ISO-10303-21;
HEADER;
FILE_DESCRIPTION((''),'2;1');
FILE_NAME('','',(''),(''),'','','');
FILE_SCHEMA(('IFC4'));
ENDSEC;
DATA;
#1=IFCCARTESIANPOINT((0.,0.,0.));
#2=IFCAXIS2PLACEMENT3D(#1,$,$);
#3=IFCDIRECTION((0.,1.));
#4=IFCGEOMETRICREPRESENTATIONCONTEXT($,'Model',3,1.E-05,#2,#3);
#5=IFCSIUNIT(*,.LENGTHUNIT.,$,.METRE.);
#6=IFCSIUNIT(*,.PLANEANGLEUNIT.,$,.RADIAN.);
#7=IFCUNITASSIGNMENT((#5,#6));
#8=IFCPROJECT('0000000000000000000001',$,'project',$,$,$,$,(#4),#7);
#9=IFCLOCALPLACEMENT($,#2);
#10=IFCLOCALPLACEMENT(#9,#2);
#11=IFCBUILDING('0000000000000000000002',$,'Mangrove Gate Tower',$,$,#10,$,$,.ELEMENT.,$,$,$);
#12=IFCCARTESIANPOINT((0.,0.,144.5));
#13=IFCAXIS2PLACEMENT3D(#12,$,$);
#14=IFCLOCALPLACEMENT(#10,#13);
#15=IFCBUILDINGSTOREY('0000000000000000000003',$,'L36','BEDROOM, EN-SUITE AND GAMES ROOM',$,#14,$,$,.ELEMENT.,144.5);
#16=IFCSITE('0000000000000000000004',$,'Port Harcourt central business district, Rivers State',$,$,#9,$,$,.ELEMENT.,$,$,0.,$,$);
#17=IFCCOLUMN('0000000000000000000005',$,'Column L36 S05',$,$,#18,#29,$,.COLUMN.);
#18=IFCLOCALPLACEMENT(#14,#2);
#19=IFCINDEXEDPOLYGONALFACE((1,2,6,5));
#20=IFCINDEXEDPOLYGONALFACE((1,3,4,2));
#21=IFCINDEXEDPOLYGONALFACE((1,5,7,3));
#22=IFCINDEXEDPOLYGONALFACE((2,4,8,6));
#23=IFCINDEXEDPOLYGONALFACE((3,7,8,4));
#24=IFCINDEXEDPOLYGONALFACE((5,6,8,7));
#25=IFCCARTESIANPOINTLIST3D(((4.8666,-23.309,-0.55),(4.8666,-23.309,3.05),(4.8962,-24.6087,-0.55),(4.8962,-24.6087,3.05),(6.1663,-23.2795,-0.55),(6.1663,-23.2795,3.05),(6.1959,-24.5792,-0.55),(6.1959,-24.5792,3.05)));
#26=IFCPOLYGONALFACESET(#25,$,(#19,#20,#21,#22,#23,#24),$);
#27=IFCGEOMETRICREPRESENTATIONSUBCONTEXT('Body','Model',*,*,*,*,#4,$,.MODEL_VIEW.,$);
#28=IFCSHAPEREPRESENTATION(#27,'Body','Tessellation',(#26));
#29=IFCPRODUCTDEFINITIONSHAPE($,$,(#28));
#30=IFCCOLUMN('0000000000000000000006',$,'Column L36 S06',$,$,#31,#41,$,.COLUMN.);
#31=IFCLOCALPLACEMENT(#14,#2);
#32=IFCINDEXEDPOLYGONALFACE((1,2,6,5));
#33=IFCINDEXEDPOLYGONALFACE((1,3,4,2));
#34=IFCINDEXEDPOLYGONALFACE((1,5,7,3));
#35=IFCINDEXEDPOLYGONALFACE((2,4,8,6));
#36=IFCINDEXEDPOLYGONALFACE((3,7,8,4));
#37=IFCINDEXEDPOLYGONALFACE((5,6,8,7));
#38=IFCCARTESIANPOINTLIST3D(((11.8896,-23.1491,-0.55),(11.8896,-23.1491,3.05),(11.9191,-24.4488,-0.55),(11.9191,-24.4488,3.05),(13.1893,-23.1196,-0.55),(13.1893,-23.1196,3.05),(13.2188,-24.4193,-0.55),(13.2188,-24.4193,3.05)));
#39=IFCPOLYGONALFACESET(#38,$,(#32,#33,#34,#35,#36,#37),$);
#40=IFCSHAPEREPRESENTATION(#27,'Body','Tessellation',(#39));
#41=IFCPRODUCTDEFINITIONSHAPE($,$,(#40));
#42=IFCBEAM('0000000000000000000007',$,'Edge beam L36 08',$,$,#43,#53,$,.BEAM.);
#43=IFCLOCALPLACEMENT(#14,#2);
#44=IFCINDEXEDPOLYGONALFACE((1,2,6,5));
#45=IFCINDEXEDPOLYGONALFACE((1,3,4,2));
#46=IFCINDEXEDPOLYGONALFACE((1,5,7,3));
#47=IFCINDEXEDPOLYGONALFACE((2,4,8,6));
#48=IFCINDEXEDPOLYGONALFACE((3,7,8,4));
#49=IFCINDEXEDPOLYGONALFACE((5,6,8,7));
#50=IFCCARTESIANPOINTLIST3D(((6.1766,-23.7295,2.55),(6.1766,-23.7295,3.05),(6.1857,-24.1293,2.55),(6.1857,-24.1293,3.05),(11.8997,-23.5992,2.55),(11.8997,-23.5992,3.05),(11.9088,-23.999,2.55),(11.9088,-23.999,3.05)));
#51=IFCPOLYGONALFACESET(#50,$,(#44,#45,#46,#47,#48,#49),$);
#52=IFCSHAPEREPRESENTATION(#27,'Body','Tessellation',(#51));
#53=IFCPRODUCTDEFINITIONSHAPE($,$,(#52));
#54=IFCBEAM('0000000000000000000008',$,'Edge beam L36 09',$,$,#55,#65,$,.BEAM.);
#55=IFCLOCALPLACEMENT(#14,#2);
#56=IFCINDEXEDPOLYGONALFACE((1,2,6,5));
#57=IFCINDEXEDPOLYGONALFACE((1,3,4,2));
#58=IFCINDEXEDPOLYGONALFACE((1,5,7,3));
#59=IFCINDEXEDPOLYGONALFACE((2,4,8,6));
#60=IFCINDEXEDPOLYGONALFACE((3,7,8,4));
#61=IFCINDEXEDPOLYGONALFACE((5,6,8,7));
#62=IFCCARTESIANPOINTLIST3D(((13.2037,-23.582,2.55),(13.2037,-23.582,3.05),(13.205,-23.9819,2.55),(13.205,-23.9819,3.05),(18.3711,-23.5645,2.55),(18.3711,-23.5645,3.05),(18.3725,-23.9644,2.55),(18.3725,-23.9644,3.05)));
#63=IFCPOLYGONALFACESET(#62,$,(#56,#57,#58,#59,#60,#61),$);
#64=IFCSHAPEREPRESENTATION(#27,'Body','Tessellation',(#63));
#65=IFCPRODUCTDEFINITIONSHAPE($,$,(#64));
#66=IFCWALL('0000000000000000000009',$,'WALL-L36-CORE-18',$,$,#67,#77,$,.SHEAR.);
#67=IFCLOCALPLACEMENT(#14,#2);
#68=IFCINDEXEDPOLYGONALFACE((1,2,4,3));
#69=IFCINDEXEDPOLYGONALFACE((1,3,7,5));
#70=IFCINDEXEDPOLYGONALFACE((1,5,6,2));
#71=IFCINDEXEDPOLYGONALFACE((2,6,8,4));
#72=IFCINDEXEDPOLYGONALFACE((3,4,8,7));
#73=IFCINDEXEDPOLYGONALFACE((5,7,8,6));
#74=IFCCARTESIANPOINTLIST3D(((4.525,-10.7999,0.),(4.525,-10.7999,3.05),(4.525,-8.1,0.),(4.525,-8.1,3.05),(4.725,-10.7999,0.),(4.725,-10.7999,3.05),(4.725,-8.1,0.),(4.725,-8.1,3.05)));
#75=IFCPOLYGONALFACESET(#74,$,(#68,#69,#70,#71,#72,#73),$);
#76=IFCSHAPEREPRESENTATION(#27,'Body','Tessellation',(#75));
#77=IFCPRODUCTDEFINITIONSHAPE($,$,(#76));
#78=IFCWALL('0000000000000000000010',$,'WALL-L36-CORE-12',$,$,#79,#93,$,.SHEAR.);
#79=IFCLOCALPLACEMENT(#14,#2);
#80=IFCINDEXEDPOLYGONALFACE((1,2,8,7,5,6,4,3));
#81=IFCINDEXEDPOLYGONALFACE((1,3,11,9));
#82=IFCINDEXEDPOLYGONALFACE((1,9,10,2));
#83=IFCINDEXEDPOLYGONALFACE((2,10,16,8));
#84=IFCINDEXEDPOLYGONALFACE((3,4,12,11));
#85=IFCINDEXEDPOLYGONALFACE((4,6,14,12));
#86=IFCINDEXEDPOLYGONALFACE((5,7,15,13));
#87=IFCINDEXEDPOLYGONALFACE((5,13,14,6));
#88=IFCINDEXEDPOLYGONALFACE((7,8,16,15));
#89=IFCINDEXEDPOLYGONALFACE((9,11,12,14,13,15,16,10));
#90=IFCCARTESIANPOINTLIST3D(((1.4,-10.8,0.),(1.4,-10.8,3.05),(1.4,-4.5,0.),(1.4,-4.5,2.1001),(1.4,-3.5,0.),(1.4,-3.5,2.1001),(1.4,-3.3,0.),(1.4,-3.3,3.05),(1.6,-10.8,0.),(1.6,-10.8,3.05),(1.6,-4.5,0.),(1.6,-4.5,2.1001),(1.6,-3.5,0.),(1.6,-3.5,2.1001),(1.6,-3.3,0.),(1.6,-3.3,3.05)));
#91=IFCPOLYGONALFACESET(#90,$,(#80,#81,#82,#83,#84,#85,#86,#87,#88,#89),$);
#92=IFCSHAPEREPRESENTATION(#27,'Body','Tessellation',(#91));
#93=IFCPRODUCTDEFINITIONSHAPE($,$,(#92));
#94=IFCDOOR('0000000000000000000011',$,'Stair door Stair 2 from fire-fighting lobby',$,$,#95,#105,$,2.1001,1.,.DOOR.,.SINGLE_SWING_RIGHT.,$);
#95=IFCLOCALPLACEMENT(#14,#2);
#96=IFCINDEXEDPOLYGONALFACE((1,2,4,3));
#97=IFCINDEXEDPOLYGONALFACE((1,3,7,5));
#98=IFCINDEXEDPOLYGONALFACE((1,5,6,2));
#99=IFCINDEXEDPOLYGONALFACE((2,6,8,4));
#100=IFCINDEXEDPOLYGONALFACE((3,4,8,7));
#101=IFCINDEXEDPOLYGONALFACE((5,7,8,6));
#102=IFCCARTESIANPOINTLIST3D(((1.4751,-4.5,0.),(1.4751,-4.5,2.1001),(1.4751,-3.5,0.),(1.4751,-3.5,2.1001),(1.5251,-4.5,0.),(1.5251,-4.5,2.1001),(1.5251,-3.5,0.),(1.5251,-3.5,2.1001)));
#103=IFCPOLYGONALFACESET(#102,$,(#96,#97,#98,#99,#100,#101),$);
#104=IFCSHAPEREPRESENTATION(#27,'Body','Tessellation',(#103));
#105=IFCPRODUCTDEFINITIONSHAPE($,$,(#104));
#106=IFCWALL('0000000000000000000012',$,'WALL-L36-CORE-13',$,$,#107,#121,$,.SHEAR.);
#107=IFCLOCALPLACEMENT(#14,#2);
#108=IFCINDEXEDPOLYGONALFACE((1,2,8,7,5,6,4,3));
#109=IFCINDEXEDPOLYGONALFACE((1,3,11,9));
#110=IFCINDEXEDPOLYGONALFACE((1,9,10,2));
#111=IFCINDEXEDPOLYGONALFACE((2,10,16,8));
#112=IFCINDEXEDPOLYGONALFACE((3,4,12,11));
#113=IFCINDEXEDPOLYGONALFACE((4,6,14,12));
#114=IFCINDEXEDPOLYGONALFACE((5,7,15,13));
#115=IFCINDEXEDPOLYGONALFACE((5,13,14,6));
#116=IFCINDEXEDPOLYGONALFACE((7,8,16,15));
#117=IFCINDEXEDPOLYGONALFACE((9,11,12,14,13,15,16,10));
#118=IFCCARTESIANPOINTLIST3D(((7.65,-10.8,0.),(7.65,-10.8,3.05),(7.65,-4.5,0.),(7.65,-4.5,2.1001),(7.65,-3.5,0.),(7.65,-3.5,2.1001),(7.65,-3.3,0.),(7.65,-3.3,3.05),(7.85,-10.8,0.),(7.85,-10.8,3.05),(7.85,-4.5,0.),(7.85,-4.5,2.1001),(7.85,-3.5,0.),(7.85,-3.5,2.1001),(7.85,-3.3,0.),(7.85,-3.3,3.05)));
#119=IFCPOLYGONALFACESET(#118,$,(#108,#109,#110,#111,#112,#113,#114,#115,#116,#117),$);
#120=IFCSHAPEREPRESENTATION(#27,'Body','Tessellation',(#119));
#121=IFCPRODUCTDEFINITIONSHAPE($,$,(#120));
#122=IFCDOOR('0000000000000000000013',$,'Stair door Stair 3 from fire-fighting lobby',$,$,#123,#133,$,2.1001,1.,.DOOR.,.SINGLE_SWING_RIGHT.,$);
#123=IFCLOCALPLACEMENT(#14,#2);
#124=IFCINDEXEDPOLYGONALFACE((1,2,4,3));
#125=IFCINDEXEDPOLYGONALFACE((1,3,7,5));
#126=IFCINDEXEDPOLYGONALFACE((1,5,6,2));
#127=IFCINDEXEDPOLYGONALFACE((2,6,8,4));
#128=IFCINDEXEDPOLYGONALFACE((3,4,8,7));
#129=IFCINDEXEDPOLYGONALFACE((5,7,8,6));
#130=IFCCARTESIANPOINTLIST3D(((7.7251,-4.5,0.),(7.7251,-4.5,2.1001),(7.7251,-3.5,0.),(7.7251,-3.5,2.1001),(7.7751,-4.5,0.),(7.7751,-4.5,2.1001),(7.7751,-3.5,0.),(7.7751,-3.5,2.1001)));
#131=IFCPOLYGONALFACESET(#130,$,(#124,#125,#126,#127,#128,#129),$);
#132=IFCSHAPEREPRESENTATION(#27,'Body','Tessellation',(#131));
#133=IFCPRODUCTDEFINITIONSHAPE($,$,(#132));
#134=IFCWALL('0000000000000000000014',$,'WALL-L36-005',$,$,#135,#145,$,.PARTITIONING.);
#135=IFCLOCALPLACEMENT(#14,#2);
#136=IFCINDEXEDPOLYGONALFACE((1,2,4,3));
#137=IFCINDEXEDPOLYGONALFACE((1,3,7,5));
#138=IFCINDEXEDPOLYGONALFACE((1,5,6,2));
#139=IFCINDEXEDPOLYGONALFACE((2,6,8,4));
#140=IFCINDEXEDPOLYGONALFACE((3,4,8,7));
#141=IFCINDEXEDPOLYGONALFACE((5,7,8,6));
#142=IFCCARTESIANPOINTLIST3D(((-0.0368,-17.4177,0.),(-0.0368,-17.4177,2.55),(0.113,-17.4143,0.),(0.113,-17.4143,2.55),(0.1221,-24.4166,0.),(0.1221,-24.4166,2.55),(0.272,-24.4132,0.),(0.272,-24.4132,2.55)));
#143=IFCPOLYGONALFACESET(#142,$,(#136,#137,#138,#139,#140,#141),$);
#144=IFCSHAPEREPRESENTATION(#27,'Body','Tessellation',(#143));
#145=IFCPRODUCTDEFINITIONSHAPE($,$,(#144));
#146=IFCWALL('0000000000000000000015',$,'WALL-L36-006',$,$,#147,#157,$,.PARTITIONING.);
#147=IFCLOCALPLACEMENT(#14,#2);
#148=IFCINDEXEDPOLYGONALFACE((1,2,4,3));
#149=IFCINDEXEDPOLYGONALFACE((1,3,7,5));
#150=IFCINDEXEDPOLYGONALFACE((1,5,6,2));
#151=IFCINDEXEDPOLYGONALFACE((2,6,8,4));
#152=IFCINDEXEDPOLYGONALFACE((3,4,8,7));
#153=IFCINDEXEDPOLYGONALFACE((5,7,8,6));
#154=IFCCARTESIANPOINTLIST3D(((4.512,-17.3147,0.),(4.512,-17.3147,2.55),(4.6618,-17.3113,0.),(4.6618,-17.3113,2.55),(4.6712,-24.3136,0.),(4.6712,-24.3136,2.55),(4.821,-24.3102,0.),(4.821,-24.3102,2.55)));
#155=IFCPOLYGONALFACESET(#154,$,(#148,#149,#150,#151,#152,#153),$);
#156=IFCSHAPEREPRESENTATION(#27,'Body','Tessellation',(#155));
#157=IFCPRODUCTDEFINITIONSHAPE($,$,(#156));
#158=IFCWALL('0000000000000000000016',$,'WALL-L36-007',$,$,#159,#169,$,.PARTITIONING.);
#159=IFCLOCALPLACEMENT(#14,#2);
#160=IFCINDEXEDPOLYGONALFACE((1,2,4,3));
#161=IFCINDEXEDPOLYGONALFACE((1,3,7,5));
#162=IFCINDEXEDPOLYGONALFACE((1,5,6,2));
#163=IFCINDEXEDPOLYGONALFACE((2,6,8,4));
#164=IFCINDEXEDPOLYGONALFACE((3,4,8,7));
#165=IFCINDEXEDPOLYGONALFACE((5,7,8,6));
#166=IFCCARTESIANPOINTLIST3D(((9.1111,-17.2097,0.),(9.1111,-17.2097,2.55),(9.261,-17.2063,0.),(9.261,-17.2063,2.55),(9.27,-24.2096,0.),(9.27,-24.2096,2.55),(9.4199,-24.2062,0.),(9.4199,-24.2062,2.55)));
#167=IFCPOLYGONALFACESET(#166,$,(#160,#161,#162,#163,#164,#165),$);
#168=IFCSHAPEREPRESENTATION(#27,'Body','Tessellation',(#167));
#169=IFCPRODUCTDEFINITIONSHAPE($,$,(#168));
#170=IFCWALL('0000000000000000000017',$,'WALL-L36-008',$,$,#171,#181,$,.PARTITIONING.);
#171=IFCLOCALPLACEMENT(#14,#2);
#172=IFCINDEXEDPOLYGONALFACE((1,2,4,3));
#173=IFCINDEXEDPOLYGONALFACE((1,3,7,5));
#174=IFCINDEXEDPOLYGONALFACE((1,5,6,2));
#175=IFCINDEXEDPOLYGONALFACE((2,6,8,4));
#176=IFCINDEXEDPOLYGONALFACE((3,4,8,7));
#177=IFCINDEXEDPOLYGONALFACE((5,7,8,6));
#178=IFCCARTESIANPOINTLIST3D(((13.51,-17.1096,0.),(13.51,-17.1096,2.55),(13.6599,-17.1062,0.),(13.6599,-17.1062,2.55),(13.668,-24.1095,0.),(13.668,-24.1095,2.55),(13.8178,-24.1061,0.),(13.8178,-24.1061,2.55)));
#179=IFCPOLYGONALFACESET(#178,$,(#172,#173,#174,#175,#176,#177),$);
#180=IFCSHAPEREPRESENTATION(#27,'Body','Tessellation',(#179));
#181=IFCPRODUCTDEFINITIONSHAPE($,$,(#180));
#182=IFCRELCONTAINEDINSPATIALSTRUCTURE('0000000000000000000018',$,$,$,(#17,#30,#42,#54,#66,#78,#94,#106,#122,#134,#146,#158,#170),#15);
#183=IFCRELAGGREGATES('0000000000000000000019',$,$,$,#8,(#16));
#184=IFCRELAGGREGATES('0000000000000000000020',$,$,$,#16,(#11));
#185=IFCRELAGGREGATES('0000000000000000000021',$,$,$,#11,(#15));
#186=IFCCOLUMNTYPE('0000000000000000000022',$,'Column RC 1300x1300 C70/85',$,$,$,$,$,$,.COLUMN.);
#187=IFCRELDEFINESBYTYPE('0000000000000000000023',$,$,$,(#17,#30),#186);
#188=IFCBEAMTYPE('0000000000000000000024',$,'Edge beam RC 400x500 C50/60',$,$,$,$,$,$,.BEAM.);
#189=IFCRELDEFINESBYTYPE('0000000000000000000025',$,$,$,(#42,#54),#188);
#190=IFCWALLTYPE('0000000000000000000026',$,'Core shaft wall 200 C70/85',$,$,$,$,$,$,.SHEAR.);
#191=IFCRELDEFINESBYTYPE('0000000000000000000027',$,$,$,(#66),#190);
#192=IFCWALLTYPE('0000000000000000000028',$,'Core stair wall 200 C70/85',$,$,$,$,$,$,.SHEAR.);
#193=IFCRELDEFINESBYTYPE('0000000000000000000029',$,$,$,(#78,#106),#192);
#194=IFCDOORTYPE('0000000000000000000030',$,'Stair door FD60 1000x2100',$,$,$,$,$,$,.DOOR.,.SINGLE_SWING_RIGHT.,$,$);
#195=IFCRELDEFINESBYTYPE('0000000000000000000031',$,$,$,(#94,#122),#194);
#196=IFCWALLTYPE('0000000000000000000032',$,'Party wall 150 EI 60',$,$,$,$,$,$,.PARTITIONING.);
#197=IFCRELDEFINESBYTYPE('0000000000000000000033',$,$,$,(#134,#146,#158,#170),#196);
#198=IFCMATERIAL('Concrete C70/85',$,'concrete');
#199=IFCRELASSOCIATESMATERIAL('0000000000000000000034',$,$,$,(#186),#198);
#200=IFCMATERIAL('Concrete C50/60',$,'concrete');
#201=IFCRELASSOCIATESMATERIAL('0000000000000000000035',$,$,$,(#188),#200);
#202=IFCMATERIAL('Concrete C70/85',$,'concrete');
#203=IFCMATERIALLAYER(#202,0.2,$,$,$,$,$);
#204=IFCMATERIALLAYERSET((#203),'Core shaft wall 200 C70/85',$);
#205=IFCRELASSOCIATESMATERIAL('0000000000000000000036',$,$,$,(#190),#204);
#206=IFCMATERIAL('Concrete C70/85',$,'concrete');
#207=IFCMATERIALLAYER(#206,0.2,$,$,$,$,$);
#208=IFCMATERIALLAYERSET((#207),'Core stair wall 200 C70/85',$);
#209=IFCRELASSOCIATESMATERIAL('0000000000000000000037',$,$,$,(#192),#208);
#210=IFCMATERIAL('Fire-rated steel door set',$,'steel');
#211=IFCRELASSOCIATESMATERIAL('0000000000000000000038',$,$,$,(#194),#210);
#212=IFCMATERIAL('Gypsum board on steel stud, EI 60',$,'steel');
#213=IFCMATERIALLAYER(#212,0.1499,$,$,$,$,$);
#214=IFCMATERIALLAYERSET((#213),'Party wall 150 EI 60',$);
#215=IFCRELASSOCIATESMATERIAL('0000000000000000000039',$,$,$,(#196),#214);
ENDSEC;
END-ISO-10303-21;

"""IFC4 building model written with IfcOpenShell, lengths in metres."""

from ifc_helpers import new_model, si_unit, direction, frame, frame_2d, origin, origin_2d, place, context, subcontext, project, spatial, rectangle, extrude, material, layer, layer_set, material_profile, profile_set, type_object, element, fill, save


model = new_model("IFC4")

# Units and contexts
model_context = context("Model", 3, precision=1e-05, world=origin(), true_north=direction((0.0, 1.0)))
body_context = subcontext(model_context, "Body", "Model", "MODEL_VIEW")
ifc_project = project(units=[si_unit("LENGTHUNIT", "METRE"), si_unit("PLANEANGLEUNIT", "RADIAN")], contexts=[model_context])

# Site, building, storey
site_placement = place(None, origin())
site = spatial("IfcSite", under=ifc_project, at=site_placement, Name="Port Harcourt central business district, Rivers State", CompositionType="ELEMENT", RefElevation=0.0)
building_placement = place(site_placement, origin())
building = spatial("IfcBuilding", under=site, at=building_placement, Name="Mangrove Gate Tower", CompositionType="ELEMENT")
storey_placement = place(building_placement, frame((0.0, 0.0, 144.5)))
storey = spatial("IfcBuildingStorey", under=building, at=storey_placement, Name="L36", Description="BEDROOM, EN-SUITE AND GAMES ROOM", CompositionType="ELEMENT", Elevation=144.5)

# Columns
ifc_material_1 = material(Name="Concrete C70/85", Category="concrete")
ifc_material_profile_1 = material_profile(ifc_material_1, rectangle(XDim=1.3, YDim=1.3, at=origin_2d()))
ifc_profile_set_1 = profile_set([ifc_material_profile_1], Name="Concrete C70/85")
column_type = type_object("IfcColumnType", Name="Column RC 1300x1300 C70/85", PredefinedType="COLUMN", material=ifc_profile_set_1)
for number, where, z_axis, x_axis, name in (
    (1, (5.5312, -23.9441, -0.55), (0.0, 0.0, 1.0), (0.999742, 0.022707, 0.0), "Column L36 S05"),
    (2, (12.5542, -23.7842, -0.55), (0.0, 0.0, 1.0), (0.999742, 0.022707, 0.0), "Column L36 S06"),
):
    element("IfcColumn", number, at=place(storey_placement, frame(where, z_axis=z_axis, x_axis=x_axis)), inside=storey, type_object=column_type, Name=name, PredefinedType="COLUMN", context=body_context, shape_type="SweptSolid", body=[
        extrude(rectangle(XDim=1.3, YDim=1.3, at=origin_2d()), origin(), (0.0, 0.0, 1.0), 3.6001),
    ])

# Beams
ifc_material_2 = material(Name="Concrete C50/60", Category="concrete")
ifc_material_profile_2 = material_profile(ifc_material_2, rectangle(XDim=0.3999, YDim=0.5, at=origin_2d()))
ifc_profile_set_2 = profile_set([ifc_material_profile_2], Name="Concrete C50/60")
beam_type = type_object("IfcBeamType", Name="Edge beam RC 400x500 C50/60", PredefinedType="BEAM", material=ifc_profile_set_2)
beam_1_placement = place(storey_placement, frame((6.1812, -23.9294, 2.8), z_axis=(0.999741, 0.022774, 0.0), x_axis=(-0.022774, 0.999741, 0.0)))
element("IfcBeam", 3, at=beam_1_placement, inside=storey, type_object=beam_type, Name="Edge beam L36 08", PredefinedType="BEAM", context=body_context, shape_type="SweptSolid", body=[
    extrude(rectangle(XDim=0.3999, YDim=0.5, at=origin_2d()), origin(), (0.0, 0.0, 1.0), 5.7246),
])
beam_2_placement = place(storey_placement, frame((13.2043, -23.782, 2.8), z_axis=(0.999994, 0.003402, 0.0), x_axis=(-0.003402, 0.999994, 0.0)))
element("IfcBeam", 4, at=beam_2_placement, inside=storey, type_object=beam_type, Name="Edge beam L36 09", PredefinedType="BEAM", context=body_context, shape_type="SweptSolid", body=[
    extrude(rectangle(XDim=0.3999, YDim=0.5, at=origin_2d()), origin(), (0.0, 0.0, 1.0), 5.1675),
])

# Wall
ifc_material_3 = material(Name="Concrete C70/85", Category="concrete")
ifc_layer_1 = layer(ifc_material_3, 0.2)
ifc_layer_set_1 = layer_set([ifc_layer_1], Name="Core shaft wall 200 C70/85")
wall_type_1 = type_object("IfcWallType", Name="Core shaft wall 200 C70/85", PredefinedType="SHEAR", material=ifc_layer_set_1)
wall_1_placement = place(storey_placement, frame((4.625, -10.8, 0.0), z_axis=(0.0, 0.0, 1.0), x_axis=(0.0, 1.0, 0.0)))
element("IfcWall", 5, at=wall_1_placement, inside=storey, type_object=wall_type_1, Name="WALL-L36-CORE-18", PredefinedType="SHEAR", context=body_context, shape_type="SweptSolid", body=[
    extrude(rectangle(XDim=2.7, YDim=0.2, at=frame_2d((1.3501, 0.0))), origin(), (0.0, 0.0, 1.0), 3.05),
])

# Walls, openings, doors
ifc_material_4 = material(Name="Concrete C70/85", Category="concrete")
ifc_layer_2 = layer(ifc_material_4, 0.2)
ifc_layer_set_2 = layer_set([ifc_layer_2], Name="Core stair wall 200 C70/85")
wall_type_2 = type_object("IfcWallType", Name="Core stair wall 200 C70/85", PredefinedType="SHEAR", material=ifc_layer_set_2)
wall_2_placement = place(storey_placement, frame((1.5, -10.8, 0.0), z_axis=(0.0, 0.0, 1.0), x_axis=(0.0, 1.0, 0.0)))
wall_2 = element("IfcWall", 6, at=wall_2_placement, inside=storey, type_object=wall_type_2, Name="WALL-L36-CORE-12", PredefinedType="SHEAR", context=body_context, shape_type="SweptSolid", body=[
    extrude(rectangle(XDim=7.5, YDim=0.2, at=frame_2d((3.75, 0.0))), origin(), (0.0, 0.0, 1.0), 3.05),
])
opening_1_placement = place(wall_2_placement, frame((6.3, 0.0, 0.0)))
opening_1 = element("IfcOpeningElement", 7, at=opening_1_placement, cuts=wall_2, PredefinedType="OPENING", context=body_context, shape_type="SweptSolid", body=[
    extrude(rectangle(XDim=1.0, YDim=2.1001, at=frame_2d((0.5, 1.05))), frame((0.0, 0.1099, 0.0), z_axis=(0.0, -1.0, 0.0), x_axis=(1.0, 0.0, 0.0)), (0.0, 0.0, 1.0), 0.22),
])
ifc_material_5 = material(Name="Fire-rated steel door set", Category="steel")
door_type_1 = type_object("IfcDoorType", Name="Stair door FD60 1000x2100", OperationType="SINGLE_SWING_RIGHT", PredefinedType="DOOR", material=ifc_material_5)
door_1_placement = place(opening_1_placement, origin())
door_1 = element("IfcDoor", 8, at=door_1_placement, inside=storey, type_object=door_type_1, Name="Stair door Stair 2 from fire-fighting lobby", OperationType="SINGLE_SWING_RIGHT", OverallHeight=2.1001, OverallWidth=1.0, PredefinedType="DOOR", context=body_context, shape_type="SweptSolid", body=[
    extrude(rectangle(XDim=1.0, YDim=2.1001, at=frame_2d((0.5, 1.05))), frame((0.0, 0.0249, 0.0), z_axis=(0.0, -1.0, 0.0), x_axis=(1.0, 0.0, 0.0)), (0.0, 0.0, 1.0), 0.05),
])
fill(opening_1, door_1)
wall_3_placement = place(storey_placement, frame((7.75, -10.8, 0.0), z_axis=(0.0, 0.0, 1.0), x_axis=(0.0, 1.0, 0.0)))
wall_3 = element("IfcWall", 9, at=wall_3_placement, inside=storey, type_object=wall_type_2, Name="WALL-L36-CORE-13", PredefinedType="SHEAR", context=body_context, shape_type="SweptSolid", body=[
    extrude(rectangle(XDim=7.5, YDim=0.2, at=frame_2d((3.75, 0.0))), origin(), (0.0, 0.0, 1.0), 3.05),
])
opening_2_placement = place(wall_3_placement, frame((6.3, 0.0, 0.0)))
opening_2 = element("IfcOpeningElement", 10, at=opening_2_placement, cuts=wall_3, PredefinedType="OPENING", context=body_context, shape_type="SweptSolid", body=[
    extrude(rectangle(XDim=1.0, YDim=2.1001, at=frame_2d((0.5, 1.05))), frame((0.0, 0.1099, 0.0), z_axis=(0.0, -1.0, 0.0), x_axis=(1.0, 0.0, 0.0)), (0.0, 0.0, 1.0), 0.22),
])
door_2_placement = place(opening_2_placement, origin())
door_2 = element("IfcDoor", 11, at=door_2_placement, inside=storey, type_object=door_type_1, Name="Stair door Stair 3 from fire-fighting lobby", OperationType="SINGLE_SWING_RIGHT", OverallHeight=2.1001, OverallWidth=1.0, PredefinedType="DOOR", context=body_context, shape_type="SweptSolid", body=[
    extrude(rectangle(XDim=1.0, YDim=2.1001, at=frame_2d((0.5, 1.05))), frame((0.0, 0.0249, 0.0), z_axis=(0.0, -1.0, 0.0), x_axis=(1.0, 0.0, 0.0)), (0.0, 0.0, 1.0), 0.05),
])
fill(opening_2, door_2)

# Walls
ifc_material_6 = material(Name="Gypsum board on steel stud, EI 60", Category="steel")
ifc_layer_3 = layer(ifc_material_6, 0.1499)
ifc_layer_set_3 = layer_set([ifc_layer_3], Name="Party wall 150 EI 60")
wall_type_3 = type_object("IfcWallType", Name="Party wall 150 EI 60", PredefinedType="PARTITIONING", material=ifc_layer_set_3)
for number, where, z_axis, x_axis, name in (
    (12, (0.197, -24.415, 0.0), (0.0, 0.0, 1.0), (-0.022702, 0.999742, 0.0), "WALL-L36-005"),
    (13, (4.7461, -24.312, 0.0), (0.0, 0.0, 1.0), (-0.022737, 0.999741, 0.0), "WALL-L36-006"),
):
    element("IfcWall", number, at=place(storey_placement, frame(where, z_axis=z_axis, x_axis=x_axis)), inside=storey, type_object=wall_type_3, Name=name, PredefinedType="PARTITIONING", context=body_context, shape_type="SweptSolid", body=[
        extrude(rectangle(XDim=7.0007, YDim=0.1499, at=frame_2d((3.5005, 0.0))), origin(), (0.0, 0.0, 1.0), 2.55),
    ])
for number, where, z_axis, x_axis, name in (
    (14, (9.345, -24.208, 0.0), (0.0, 0.0, 1.0), (-0.022699, 0.999742, 0.0), "WALL-L36-007"),
    (15, (13.7429, -24.1079, 0.0), (0.0, 0.0, 1.0), (-0.02256, 0.999745, 0.0), "WALL-L36-008"),
):
    element("IfcWall", number, at=place(storey_placement, frame(where, z_axis=z_axis, x_axis=x_axis)), inside=storey, type_object=wall_type_3, Name=name, PredefinedType="PARTITIONING", context=body_context, shape_type="SweptSolid", body=[
        extrude(rectangle(XDim=7.0017, YDim=0.1499, at=frame_2d((3.501, 0.0))), origin(), (0.0, 0.0, 1.0), 2.55),
    ])

save(model, "model.ifc")
